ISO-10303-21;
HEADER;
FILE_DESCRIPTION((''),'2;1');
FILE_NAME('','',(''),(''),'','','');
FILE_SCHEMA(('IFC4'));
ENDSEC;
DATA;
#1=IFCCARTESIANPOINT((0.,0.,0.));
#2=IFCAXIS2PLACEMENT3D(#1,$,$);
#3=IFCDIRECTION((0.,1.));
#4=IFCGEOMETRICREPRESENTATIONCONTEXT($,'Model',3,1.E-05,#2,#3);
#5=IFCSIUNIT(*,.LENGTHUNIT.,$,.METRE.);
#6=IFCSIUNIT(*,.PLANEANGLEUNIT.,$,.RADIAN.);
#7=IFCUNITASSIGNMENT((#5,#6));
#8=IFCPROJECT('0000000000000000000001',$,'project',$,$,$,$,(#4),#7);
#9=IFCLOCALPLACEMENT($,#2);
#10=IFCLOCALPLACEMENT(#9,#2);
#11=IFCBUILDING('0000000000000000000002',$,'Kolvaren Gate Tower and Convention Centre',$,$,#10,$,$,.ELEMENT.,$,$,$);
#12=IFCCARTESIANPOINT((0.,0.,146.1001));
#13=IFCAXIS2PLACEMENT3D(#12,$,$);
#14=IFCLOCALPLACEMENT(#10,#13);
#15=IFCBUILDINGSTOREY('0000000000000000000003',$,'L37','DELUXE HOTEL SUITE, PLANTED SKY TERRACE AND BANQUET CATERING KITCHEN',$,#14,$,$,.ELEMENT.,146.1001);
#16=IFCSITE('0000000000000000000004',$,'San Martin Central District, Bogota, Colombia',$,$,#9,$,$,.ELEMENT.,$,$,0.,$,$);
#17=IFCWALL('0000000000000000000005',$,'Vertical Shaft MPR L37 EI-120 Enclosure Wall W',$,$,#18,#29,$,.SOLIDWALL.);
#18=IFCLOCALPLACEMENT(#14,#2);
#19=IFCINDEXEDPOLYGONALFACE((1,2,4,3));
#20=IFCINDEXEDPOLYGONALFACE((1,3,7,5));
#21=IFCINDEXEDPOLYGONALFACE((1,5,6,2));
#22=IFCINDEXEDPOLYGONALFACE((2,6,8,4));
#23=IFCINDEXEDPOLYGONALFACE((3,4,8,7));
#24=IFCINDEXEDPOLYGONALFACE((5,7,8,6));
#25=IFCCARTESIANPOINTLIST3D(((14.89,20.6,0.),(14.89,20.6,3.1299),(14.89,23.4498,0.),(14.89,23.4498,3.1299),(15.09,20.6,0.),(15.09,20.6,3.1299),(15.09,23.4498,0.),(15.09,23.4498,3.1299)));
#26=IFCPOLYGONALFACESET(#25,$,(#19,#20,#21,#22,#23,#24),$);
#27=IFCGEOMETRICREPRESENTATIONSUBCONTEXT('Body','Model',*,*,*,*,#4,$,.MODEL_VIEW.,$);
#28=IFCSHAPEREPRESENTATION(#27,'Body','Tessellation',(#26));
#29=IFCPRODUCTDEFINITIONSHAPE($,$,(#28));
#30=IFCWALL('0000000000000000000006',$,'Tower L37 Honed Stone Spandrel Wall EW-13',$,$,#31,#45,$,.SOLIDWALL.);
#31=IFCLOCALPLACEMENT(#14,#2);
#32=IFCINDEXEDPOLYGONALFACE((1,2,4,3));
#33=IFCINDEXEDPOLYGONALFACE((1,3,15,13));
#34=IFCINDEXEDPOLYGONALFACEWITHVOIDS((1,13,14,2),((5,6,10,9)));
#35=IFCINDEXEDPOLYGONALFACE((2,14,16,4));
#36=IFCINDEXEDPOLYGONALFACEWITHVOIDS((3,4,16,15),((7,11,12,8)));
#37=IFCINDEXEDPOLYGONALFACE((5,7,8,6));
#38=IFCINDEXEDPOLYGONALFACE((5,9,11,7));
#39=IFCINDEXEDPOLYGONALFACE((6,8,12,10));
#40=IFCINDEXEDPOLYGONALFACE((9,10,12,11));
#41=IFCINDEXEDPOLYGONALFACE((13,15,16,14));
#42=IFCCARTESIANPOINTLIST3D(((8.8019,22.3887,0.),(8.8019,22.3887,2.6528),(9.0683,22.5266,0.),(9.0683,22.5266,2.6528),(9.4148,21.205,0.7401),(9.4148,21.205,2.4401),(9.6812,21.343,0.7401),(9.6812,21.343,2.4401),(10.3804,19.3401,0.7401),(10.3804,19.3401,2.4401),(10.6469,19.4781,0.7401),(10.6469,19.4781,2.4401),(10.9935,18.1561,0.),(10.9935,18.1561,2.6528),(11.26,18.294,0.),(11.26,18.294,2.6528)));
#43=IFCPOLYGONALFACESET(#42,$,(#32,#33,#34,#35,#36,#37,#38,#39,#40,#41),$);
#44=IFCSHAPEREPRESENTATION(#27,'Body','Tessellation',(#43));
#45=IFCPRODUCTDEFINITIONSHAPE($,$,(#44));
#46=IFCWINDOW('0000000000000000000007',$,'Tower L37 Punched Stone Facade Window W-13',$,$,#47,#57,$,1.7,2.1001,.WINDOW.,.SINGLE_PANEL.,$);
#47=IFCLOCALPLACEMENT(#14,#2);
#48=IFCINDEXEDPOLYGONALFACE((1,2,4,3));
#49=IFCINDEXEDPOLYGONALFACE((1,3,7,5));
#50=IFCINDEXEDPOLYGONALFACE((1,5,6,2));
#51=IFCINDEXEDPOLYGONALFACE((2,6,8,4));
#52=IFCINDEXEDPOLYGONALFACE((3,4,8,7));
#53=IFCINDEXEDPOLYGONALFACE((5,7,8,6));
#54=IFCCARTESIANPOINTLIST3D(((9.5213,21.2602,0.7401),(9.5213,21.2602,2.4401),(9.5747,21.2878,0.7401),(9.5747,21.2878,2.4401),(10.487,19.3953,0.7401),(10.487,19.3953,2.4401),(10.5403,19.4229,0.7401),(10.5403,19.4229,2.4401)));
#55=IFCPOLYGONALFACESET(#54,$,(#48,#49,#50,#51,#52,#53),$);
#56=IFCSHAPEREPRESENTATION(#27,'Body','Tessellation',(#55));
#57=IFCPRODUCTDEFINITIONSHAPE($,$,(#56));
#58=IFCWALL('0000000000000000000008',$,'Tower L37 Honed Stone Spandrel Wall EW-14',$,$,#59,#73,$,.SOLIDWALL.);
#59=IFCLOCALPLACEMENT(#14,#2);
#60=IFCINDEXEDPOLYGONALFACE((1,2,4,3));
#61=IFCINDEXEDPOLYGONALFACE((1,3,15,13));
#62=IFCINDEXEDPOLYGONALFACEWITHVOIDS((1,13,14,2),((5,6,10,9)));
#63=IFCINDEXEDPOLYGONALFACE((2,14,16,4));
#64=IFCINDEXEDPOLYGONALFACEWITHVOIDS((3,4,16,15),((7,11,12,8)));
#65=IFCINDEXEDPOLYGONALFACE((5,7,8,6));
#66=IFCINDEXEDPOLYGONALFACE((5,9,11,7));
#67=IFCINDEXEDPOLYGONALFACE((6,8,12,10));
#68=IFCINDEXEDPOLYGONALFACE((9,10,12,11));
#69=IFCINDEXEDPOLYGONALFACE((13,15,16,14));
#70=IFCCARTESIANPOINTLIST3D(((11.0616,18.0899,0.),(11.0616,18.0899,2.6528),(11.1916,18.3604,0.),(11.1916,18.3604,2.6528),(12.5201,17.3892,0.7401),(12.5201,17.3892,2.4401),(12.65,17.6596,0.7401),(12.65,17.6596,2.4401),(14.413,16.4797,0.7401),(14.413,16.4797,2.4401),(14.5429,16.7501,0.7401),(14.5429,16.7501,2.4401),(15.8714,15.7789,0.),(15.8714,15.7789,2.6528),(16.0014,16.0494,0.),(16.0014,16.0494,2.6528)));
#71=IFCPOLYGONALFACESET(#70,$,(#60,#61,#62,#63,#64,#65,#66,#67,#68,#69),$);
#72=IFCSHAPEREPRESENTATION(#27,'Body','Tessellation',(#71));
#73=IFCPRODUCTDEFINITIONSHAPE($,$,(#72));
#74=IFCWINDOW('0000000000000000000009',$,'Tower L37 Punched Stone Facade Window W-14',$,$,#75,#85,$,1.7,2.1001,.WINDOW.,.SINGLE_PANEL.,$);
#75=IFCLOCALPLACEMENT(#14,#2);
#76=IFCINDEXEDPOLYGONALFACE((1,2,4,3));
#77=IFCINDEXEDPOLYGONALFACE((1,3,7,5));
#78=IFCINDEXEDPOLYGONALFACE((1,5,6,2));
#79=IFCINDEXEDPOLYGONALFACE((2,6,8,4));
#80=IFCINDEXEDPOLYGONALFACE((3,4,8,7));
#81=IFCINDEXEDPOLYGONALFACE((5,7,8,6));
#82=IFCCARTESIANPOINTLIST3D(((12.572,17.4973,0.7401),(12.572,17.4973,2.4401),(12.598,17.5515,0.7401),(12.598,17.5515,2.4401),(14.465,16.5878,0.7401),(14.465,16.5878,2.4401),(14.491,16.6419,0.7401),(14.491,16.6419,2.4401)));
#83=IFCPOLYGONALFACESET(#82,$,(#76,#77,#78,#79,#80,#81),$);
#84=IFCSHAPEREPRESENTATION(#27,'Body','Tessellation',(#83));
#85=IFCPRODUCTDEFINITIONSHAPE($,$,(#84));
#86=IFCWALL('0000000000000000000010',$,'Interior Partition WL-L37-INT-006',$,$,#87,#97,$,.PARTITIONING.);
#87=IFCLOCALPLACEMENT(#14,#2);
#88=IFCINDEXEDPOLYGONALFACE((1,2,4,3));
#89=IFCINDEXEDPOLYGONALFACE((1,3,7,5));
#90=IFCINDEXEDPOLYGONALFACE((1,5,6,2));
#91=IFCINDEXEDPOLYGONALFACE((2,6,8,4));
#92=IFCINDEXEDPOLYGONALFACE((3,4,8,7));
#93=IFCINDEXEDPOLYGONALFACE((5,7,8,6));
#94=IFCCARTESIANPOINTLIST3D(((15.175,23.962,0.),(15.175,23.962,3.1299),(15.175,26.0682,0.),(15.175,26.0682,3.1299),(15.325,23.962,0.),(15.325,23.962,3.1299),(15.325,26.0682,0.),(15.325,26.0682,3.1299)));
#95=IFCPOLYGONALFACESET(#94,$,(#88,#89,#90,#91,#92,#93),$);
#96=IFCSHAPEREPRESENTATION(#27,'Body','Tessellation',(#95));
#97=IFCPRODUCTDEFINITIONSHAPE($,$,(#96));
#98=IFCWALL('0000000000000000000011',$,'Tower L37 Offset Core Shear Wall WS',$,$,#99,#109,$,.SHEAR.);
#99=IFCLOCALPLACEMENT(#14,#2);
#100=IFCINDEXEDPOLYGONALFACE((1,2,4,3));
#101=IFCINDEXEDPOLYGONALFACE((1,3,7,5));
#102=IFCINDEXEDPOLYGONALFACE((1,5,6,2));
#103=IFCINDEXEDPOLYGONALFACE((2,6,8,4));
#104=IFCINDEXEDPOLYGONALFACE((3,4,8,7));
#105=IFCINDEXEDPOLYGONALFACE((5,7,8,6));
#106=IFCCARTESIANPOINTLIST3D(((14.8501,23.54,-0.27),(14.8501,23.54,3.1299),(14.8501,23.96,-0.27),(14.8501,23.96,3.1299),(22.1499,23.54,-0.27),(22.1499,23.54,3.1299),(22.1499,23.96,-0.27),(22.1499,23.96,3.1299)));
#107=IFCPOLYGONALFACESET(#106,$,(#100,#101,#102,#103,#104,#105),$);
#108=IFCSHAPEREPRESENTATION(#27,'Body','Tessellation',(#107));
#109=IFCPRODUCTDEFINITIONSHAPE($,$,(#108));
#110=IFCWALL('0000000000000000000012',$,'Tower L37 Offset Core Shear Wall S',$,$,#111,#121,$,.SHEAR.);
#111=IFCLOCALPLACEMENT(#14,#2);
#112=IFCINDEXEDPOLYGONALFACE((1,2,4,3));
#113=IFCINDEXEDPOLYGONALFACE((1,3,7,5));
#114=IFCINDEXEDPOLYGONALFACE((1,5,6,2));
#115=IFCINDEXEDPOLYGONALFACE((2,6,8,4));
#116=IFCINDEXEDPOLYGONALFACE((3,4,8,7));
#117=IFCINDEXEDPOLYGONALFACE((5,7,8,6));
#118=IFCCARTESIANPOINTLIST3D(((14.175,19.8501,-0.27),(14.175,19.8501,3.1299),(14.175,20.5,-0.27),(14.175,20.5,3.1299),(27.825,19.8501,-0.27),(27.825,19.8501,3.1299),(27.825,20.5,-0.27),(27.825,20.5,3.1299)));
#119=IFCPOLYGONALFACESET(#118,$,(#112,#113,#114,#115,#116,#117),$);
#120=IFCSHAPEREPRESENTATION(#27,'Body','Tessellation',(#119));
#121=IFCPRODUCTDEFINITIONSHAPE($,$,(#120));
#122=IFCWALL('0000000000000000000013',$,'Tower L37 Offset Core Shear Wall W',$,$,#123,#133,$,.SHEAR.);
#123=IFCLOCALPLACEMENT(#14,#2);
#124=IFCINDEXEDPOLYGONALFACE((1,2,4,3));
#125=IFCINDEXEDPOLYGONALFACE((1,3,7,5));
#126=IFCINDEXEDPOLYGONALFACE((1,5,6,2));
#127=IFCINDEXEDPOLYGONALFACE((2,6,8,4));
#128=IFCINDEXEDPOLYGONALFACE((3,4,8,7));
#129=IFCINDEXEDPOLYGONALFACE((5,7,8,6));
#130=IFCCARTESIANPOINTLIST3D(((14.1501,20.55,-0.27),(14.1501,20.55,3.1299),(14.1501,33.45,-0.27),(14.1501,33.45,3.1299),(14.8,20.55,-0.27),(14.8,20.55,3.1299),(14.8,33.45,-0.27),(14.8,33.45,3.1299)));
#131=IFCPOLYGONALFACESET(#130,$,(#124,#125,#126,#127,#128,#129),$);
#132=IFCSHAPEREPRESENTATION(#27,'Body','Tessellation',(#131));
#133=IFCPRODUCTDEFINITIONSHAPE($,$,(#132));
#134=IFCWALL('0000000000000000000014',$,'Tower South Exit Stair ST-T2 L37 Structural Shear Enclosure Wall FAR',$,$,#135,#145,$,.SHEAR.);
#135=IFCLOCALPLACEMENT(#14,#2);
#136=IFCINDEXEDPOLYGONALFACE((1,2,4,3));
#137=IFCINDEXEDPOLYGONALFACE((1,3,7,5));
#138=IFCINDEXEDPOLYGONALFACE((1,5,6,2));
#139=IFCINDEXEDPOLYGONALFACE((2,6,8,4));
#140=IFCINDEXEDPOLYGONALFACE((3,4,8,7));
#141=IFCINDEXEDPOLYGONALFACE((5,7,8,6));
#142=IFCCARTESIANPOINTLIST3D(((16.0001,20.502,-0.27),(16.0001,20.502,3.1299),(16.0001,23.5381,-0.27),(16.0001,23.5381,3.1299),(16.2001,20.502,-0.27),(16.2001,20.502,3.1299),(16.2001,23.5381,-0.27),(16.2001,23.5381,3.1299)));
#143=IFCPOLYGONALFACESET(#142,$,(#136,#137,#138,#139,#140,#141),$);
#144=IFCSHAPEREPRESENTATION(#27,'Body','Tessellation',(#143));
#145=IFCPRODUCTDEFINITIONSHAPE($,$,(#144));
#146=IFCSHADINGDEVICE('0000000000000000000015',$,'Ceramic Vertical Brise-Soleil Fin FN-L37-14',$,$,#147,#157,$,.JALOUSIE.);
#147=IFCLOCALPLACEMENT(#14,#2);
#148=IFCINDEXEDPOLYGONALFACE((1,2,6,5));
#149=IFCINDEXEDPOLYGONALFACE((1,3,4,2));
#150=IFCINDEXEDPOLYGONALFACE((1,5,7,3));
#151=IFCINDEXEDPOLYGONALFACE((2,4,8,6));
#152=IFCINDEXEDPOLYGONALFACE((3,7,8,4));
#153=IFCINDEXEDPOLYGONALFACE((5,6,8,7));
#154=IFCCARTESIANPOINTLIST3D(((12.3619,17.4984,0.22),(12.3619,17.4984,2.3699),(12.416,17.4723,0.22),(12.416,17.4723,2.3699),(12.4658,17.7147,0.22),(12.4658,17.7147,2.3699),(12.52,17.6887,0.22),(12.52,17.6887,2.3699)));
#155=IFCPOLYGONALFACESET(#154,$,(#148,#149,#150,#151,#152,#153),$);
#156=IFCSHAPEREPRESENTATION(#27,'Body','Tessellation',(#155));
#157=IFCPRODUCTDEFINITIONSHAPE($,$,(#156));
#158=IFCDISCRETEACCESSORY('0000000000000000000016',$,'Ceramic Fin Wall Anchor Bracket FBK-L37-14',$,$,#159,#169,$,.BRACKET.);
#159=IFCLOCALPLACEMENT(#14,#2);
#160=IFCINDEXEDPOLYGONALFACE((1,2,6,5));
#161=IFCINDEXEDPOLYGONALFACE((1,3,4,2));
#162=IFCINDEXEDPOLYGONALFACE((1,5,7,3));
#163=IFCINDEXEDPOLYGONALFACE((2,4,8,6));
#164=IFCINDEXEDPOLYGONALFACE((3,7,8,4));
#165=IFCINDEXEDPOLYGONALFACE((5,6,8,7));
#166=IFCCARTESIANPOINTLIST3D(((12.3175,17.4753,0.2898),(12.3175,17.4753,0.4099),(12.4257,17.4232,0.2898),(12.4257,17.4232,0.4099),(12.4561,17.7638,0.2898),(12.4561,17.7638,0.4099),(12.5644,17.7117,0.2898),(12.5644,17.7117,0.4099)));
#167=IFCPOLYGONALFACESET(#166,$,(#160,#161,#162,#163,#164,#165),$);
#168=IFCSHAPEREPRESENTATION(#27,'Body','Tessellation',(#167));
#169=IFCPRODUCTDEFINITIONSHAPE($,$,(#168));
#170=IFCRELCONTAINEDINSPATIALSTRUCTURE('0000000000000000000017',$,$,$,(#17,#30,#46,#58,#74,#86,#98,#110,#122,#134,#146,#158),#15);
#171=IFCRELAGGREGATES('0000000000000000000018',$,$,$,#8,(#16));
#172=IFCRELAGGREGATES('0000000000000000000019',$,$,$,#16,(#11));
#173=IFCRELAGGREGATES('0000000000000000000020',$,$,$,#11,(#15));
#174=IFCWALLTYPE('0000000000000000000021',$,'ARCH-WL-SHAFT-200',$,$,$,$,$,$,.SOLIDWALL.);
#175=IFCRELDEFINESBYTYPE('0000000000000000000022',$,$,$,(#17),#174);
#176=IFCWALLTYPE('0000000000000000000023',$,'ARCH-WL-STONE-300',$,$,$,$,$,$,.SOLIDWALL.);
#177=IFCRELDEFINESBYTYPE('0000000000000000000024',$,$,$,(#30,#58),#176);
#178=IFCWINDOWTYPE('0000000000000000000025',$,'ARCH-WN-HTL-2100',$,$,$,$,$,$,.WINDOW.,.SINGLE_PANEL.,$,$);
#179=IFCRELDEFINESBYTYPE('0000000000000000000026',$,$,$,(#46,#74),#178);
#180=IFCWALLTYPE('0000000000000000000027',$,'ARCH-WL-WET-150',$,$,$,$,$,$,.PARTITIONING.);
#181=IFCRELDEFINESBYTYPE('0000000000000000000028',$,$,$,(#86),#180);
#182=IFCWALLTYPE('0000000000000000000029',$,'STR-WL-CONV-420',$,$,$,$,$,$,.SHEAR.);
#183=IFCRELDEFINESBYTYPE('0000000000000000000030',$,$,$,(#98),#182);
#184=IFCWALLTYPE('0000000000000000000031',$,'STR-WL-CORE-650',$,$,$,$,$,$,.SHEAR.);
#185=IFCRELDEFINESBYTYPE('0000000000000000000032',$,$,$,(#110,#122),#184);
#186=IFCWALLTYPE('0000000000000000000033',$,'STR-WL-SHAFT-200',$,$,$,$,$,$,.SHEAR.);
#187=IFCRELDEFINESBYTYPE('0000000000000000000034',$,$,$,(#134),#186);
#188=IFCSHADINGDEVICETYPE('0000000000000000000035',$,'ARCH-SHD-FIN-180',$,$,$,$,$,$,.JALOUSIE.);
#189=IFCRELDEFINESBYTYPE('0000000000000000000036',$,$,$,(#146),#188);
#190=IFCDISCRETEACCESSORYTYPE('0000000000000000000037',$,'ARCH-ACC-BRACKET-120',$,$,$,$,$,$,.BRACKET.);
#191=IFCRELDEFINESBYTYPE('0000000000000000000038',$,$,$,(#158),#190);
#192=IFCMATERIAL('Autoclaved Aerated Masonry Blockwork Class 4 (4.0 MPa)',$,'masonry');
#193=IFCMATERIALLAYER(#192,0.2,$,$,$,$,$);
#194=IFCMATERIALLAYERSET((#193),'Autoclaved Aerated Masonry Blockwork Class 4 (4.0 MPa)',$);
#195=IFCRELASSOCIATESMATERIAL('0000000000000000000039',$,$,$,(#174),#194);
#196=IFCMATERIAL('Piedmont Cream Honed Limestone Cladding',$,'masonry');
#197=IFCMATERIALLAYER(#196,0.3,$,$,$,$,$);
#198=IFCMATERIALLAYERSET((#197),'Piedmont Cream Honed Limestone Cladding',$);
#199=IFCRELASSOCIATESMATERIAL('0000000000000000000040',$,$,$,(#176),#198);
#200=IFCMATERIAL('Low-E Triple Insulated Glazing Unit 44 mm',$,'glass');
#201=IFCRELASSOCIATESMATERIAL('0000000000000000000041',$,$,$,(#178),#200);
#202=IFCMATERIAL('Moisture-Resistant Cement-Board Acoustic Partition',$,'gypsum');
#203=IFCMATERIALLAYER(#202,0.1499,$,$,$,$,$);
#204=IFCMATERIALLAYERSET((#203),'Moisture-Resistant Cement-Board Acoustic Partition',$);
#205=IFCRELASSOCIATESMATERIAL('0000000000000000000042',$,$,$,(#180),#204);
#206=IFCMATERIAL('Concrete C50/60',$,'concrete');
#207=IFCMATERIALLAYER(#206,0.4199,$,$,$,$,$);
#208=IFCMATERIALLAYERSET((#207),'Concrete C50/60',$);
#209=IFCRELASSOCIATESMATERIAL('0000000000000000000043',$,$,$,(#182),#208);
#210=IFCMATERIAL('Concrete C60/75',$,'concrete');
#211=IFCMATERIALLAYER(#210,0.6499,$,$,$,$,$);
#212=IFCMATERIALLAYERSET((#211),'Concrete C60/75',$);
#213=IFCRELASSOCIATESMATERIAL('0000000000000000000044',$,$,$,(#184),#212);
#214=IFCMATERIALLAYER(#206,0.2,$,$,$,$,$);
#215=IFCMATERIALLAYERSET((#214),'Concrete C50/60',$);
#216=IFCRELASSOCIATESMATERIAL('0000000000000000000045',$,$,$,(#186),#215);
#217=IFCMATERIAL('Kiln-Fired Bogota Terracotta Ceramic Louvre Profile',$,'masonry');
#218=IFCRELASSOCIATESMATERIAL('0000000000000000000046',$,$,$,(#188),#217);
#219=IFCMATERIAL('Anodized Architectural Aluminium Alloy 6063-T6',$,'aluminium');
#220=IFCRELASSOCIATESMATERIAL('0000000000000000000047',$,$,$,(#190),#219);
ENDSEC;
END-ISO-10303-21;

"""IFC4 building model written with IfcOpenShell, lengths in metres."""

from ifc_helpers import new_model, si_unit, direction, frame, frame_2d, origin, origin_2d, place, context, subcontext, project, spatial, rectangle, extrude, material, layer, layer_set, type_object, element, fill, save


model = new_model("IFC4")

# Units and contexts
model_context = context("Model", 3, precision=1e-05, world=origin(), true_north=direction((0.0, 1.0)))
body_context = subcontext(model_context, "Body", "Model", "MODEL_VIEW")
ifc_project = project(units=[si_unit("LENGTHUNIT", "METRE"), si_unit("PLANEANGLEUNIT", "RADIAN")], contexts=[model_context])

# Site, building, storey
site_placement = place(None, origin())
site = spatial("IfcSite", under=ifc_project, at=site_placement, Name="San Martin Central District, Bogota, Colombia", CompositionType="ELEMENT", RefElevation=0.0)
building_placement = place(site_placement, origin())
building = spatial("IfcBuilding", under=site, at=building_placement, Name="Kolvaren Gate Tower and Convention Centre", CompositionType="ELEMENT")
storey_placement = place(building_placement, frame((0.0, 0.0, 146.1001)))
storey = spatial("IfcBuildingStorey", under=building, at=storey_placement, Name="L37", Description="DELUXE HOTEL SUITE, PLANTED SKY TERRACE AND BANQUET CATERING KITCHEN", CompositionType="ELEMENT", Elevation=146.1001)

# Shared definitions
ifc_material_1 = material(Name="Concrete C60/75", Category="concrete")

# Shared definitions
ifc_material_2 = material(Name="Piedmont Cream Honed Limestone Cladding", Category="masonry")
ifc_material_3 = material(Name="Autoclaved Aerated Masonry Blockwork Class 4 (4.0 MPa)", Category="masonry")
ifc_layer_1 = layer(ifc_material_3, 0.2)
ifc_layer_set_1 = layer_set([ifc_layer_1], Name="Autoclaved Aerated Masonry Blockwork Class 4 (4.0 MPa)")
wall_type_1 = type_object("IfcWallType", Name="ARCH-WL-SHAFT-200", PredefinedType="SOLIDWALL", material=ifc_layer_set_1)

# Wall
wall_1_placement = place(storey_placement, frame((14.99, 20.6001, 0.0), z_axis=(0.0, 0.0, 1.0), x_axis=(0.0, 1.0, 0.0)))
element("IfcWall", 1, at=wall_1_placement, inside=storey, type_object=wall_type_1, Name="Vertical Shaft MPR L37 EI-120 Enclosure Wall W", PredefinedType="SOLIDWALL", context=body_context, shape_type="SweptSolid", body=[
    extrude(rectangle(XDim=2.8499, YDim=0.2, at=frame_2d((1.4248, 0.0))), origin(), (0.0, 0.0, 1.0), 3.1299),
])

# Walls, openings, windows
ifc_layer_2 = layer(ifc_material_2, 0.3)
ifc_layer_set_2 = layer_set([ifc_layer_2], Name="Piedmont Cream Honed Limestone Cladding")
wall_type_2 = type_object("IfcWallType", Name="ARCH-WL-STONE-300", PredefinedType="SOLIDWALL", material=ifc_layer_set_2)
wall_2_placement = place(storey_placement, frame((8.9351, 22.4578, 0.0), z_axis=(0.0, 0.0, 1.0), x_axis=(0.45981, -0.888017, 0.0)))
wall_2 = element("IfcWall", 2, at=wall_2_placement, inside=storey, type_object=wall_type_2, Name="Tower L37 Honed Stone Spandrel Wall EW-13", PredefinedType="SOLIDWALL", context=body_context, shape_type="SweptSolid", body=[
    extrude(rectangle(XDim=4.7664, YDim=0.3, at=frame_2d((2.3833, 0.0))), origin(), (0.0, 0.0, 1.0), 2.6528),
])
opening_1_placement = place(wall_2_placement, frame((1.333, 0.0, 0.74)))
opening_1 = element("IfcOpeningElement", 3, at=opening_1_placement, cuts=wall_2, PredefinedType="OPENING", context=body_context, shape_type="SweptSolid", body=[
    extrude(rectangle(XDim=2.1001, YDim=1.7, at=frame_2d((1.05, 0.8501))), frame((0.0, 0.1599, 0.0), z_axis=(0.0, -1.0, 0.0), x_axis=(1.0, 0.0, 0.0)), (0.0, 0.0, 1.0), 0.3201),
])
ifc_material_4 = material(Name="Low-E Triple Insulated Glazing Unit 44 mm", Category="glass")
window_type = type_object("IfcWindowType", Name="ARCH-WN-HTL-2100", PartitioningType="SINGLE_PANEL", PredefinedType="WINDOW", material=ifc_material_4)
window_1_placement = place(opening_1_placement, origin())
window_1 = element("IfcWindow", 4, at=window_1_placement, inside=storey, type_object=window_type, Name="Tower L37 Punched Stone Facade Window W-13", OverallHeight=1.7, OverallWidth=2.1001, PartitioningType="SINGLE_PANEL", PredefinedType="WINDOW", context=body_context, shape_type="SweptSolid", body=[
    extrude(rectangle(XDim=2.1001, YDim=1.7, at=frame_2d((1.05, 0.8501))), frame((0.0, 0.03, 0.0), z_axis=(0.0, -1.0, 0.0), x_axis=(1.0, 0.0, 0.0)), (0.0, 0.0, 1.0), 0.0601),
])
fill(opening_1, window_1)
wall_3_placement = place(storey_placement, frame((11.1267, 18.2251, 0.0), z_axis=(0.0, 0.0, 1.0), x_axis=(0.901353, -0.433085, 0.0)))
wall_3 = element("IfcWall", 5, at=wall_3_placement, inside=storey, type_object=wall_type_2, Name="Tower L37 Honed Stone Spandrel Wall EW-14", PredefinedType="SOLIDWALL", context=body_context, shape_type="SweptSolid", body=[
    extrude(rectangle(XDim=5.3362, YDim=0.3, at=frame_2d((2.668, 0.0))), origin(), (0.0, 0.0, 1.0), 2.6528),
])
opening_2_placement = place(wall_3_placement, frame((1.6179, 0.0, 0.74)))
opening_2 = element("IfcOpeningElement", 6, at=opening_2_placement, cuts=wall_3, PredefinedType="OPENING", context=body_context, shape_type="SweptSolid", body=[
    extrude(rectangle(XDim=2.1001, YDim=1.7, at=frame_2d((1.05, 0.8501))), frame((0.0, 0.1599, 0.0), z_axis=(0.0, -1.0, 0.0), x_axis=(1.0, 0.0, 0.0)), (0.0, 0.0, 1.0), 0.3201),
])
window_2_placement = place(opening_2_placement, origin())
window_2 = element("IfcWindow", 7, at=window_2_placement, inside=storey, type_object=window_type, Name="Tower L37 Punched Stone Facade Window W-14", OverallHeight=1.7, OverallWidth=2.1001, PartitioningType="SINGLE_PANEL", PredefinedType="WINDOW", context=body_context, shape_type="SweptSolid", body=[
    extrude(rectangle(XDim=2.1001, YDim=1.7, at=frame_2d((1.05, 0.8501))), frame((0.0, 0.03, 0.0), z_axis=(0.0, -1.0, 0.0), x_axis=(1.0, 0.0, 0.0)), (0.0, 0.0, 1.0), 0.0601),
])
fill(opening_2, window_2)

# Walls
ifc_material_5 = material(Name="Moisture-Resistant Cement-Board Acoustic Partition", Category="gypsum")
ifc_layer_3 = layer(ifc_material_5, 0.1499)
ifc_layer_set_3 = layer_set([ifc_layer_3], Name="Moisture-Resistant Cement-Board Acoustic Partition")
wall_type_3 = type_object("IfcWallType", Name="ARCH-WL-WET-150", PredefinedType="PARTITIONING", material=ifc_layer_set_3)
wall_4_placement = place(storey_placement, frame((15.25, 23.9619, 0.0), z_axis=(0.0, 0.0, 1.0), x_axis=(0.0, 1.0, 0.0)))
element("IfcWall", 8, at=wall_4_placement, inside=storey, type_object=wall_type_3, Name="Interior Partition WL-L37-INT-006", PredefinedType="PARTITIONING", context=body_context, shape_type="SweptSolid", body=[
    extrude(rectangle(XDim=2.1062, YDim=0.1499, at=frame_2d((1.0532, 0.0))), origin(), (0.0, 0.0, 1.0), 3.1299),
])
ifc_material_6 = material(Name="Concrete C50/60", Category="concrete")
ifc_layer_4 = layer(ifc_material_6, 0.4199)
ifc_layer_set_4 = layer_set([ifc_layer_4], Name="Concrete C50/60")
wall_type_4 = type_object("IfcWallType", Name="STR-WL-CONV-420", PredefinedType="SHEAR", material=ifc_layer_set_4)
wall_5_placement = place(storey_placement, frame((14.8501, 23.75, -0.27), z_axis=(0.0, 0.0, 1.0), x_axis=(1.0, 0.0, 0.0)))
element("IfcWall", 9, at=wall_5_placement, inside=storey, type_object=wall_type_4, Name="Tower L37 Offset Core Shear Wall WS", PredefinedType="SHEAR", context=body_context, shape_type="SweptSolid", body=[
    extrude(rectangle(XDim=7.2998, YDim=0.4199, at=frame_2d((3.6499, 0.0))), origin(), (0.0, 0.0, 1.0), 3.3999),
])
ifc_layer_5 = layer(ifc_material_1, 0.6499)
ifc_layer_set_5 = layer_set([ifc_layer_5], Name="Concrete C60/75")
wall_type_5 = type_object("IfcWallType", Name="STR-WL-CORE-650", PredefinedType="SHEAR", material=ifc_layer_set_5)
wall_6_placement = place(storey_placement, frame((14.175, 20.175, -0.27), z_axis=(0.0, 0.0, 1.0), x_axis=(1.0, 0.0, 0.0)))
element("IfcWall", 10, at=wall_6_placement, inside=storey, type_object=wall_type_5, Name="Tower L37 Offset Core Shear Wall S", PredefinedType="SHEAR", context=body_context, shape_type="SweptSolid", body=[
    extrude(rectangle(XDim=13.6499, YDim=0.6499, at=frame_2d((6.825, 0.0))), origin(), (0.0, 0.0, 1.0), 3.3999),
])
wall_7_placement = place(storey_placement, frame((14.4751, 20.55, -0.27), z_axis=(0.0, 0.0, 1.0), x_axis=(0.0, 1.0, 0.0)))
element("IfcWall", 11, at=wall_7_placement, inside=storey, type_object=wall_type_5, Name="Tower L37 Offset Core Shear Wall W", PredefinedType="SHEAR", context=body_context, shape_type="SweptSolid", body=[
    extrude(rectangle(XDim=12.8999, YDim=0.6499, at=frame_2d((6.45, 0.0))), origin(), (0.0, 0.0, 1.0), 3.3999),
])
ifc_layer_6 = layer(ifc_material_6, 0.2)
ifc_layer_set_6 = layer_set([ifc_layer_6], Name="Concrete C50/60")
wall_type_6 = type_object("IfcWallType", Name="STR-WL-SHAFT-200", PredefinedType="SHEAR", material=ifc_layer_set_6)
wall_8_placement = place(storey_placement, frame((16.1001, 20.502, -0.27), z_axis=(0.0, 0.0, 1.0), x_axis=(0.0, 1.0, 0.0)))
element("IfcWall", 12, at=wall_8_placement, inside=storey, type_object=wall_type_6, Name="Tower South Exit Stair ST-T2 L37 Structural Shear Enclosure Wall FAR", PredefinedType="SHEAR", context=body_context, shape_type="SweptSolid", body=[
    extrude(rectangle(XDim=3.0361, YDim=0.2, at=frame_2d((1.5181, 0.0))), origin(), (0.0, 0.0, 1.0), 3.3999),
])

# Shading device
ifc_material_7 = material(Name="Kiln-Fired Bogota Terracotta Ceramic Louvre Profile", Category="masonry")
shading_device_type = type_object("IfcShadingDeviceType", Name="ARCH-SHD-FIN-180", PredefinedType="JALOUSIE", material=ifc_material_7)
shading_device_placement = place(storey_placement, frame((12.4409, 17.5935, 0.22), z_axis=(0.0, 0.0, 1.0), x_axis=(0.901358, -0.433074, 0.0)))
element("IfcShadingDevice", 13, at=shading_device_placement, inside=storey, type_object=shading_device_type, Name="Ceramic Vertical Brise-Soleil Fin FN-L37-14", PredefinedType="JALOUSIE", context=body_context, shape_type="SweptSolid", body=[
    extrude(rectangle(XDim=0.0601, YDim=0.24, at=origin_2d()), origin(), (0.0, 0.0, 1.0), 2.1499),
])

# Discrete accessory
ifc_material_8 = material(Name="Anodized Architectural Aluminium Alloy 6063-T6", Category="aluminium")
discrete_accessory_type = type_object("IfcDiscreteAccessoryType", Name="ARCH-ACC-BRACKET-120", PredefinedType="BRACKET", material=ifc_material_8)
discrete_accessory_placement = place(storey_placement, frame((12.4409, 17.5935, 0.2898), z_axis=(0.0, 0.0, 1.0), x_axis=(0.901358, -0.433074, 0.0)))
element("IfcDiscreteAccessory", 14, at=discrete_accessory_placement, inside=storey, type_object=discrete_accessory_type, Name="Ceramic Fin Wall Anchor Bracket FBK-L37-14", PredefinedType="BRACKET", context=body_context, shape_type="SweptSolid", body=[
    extrude(rectangle(XDim=0.1201, YDim=0.3201, at=origin_2d()), origin(), (0.0, 0.0, 1.0), 0.1201),
])

save(model, "model.ifc")
